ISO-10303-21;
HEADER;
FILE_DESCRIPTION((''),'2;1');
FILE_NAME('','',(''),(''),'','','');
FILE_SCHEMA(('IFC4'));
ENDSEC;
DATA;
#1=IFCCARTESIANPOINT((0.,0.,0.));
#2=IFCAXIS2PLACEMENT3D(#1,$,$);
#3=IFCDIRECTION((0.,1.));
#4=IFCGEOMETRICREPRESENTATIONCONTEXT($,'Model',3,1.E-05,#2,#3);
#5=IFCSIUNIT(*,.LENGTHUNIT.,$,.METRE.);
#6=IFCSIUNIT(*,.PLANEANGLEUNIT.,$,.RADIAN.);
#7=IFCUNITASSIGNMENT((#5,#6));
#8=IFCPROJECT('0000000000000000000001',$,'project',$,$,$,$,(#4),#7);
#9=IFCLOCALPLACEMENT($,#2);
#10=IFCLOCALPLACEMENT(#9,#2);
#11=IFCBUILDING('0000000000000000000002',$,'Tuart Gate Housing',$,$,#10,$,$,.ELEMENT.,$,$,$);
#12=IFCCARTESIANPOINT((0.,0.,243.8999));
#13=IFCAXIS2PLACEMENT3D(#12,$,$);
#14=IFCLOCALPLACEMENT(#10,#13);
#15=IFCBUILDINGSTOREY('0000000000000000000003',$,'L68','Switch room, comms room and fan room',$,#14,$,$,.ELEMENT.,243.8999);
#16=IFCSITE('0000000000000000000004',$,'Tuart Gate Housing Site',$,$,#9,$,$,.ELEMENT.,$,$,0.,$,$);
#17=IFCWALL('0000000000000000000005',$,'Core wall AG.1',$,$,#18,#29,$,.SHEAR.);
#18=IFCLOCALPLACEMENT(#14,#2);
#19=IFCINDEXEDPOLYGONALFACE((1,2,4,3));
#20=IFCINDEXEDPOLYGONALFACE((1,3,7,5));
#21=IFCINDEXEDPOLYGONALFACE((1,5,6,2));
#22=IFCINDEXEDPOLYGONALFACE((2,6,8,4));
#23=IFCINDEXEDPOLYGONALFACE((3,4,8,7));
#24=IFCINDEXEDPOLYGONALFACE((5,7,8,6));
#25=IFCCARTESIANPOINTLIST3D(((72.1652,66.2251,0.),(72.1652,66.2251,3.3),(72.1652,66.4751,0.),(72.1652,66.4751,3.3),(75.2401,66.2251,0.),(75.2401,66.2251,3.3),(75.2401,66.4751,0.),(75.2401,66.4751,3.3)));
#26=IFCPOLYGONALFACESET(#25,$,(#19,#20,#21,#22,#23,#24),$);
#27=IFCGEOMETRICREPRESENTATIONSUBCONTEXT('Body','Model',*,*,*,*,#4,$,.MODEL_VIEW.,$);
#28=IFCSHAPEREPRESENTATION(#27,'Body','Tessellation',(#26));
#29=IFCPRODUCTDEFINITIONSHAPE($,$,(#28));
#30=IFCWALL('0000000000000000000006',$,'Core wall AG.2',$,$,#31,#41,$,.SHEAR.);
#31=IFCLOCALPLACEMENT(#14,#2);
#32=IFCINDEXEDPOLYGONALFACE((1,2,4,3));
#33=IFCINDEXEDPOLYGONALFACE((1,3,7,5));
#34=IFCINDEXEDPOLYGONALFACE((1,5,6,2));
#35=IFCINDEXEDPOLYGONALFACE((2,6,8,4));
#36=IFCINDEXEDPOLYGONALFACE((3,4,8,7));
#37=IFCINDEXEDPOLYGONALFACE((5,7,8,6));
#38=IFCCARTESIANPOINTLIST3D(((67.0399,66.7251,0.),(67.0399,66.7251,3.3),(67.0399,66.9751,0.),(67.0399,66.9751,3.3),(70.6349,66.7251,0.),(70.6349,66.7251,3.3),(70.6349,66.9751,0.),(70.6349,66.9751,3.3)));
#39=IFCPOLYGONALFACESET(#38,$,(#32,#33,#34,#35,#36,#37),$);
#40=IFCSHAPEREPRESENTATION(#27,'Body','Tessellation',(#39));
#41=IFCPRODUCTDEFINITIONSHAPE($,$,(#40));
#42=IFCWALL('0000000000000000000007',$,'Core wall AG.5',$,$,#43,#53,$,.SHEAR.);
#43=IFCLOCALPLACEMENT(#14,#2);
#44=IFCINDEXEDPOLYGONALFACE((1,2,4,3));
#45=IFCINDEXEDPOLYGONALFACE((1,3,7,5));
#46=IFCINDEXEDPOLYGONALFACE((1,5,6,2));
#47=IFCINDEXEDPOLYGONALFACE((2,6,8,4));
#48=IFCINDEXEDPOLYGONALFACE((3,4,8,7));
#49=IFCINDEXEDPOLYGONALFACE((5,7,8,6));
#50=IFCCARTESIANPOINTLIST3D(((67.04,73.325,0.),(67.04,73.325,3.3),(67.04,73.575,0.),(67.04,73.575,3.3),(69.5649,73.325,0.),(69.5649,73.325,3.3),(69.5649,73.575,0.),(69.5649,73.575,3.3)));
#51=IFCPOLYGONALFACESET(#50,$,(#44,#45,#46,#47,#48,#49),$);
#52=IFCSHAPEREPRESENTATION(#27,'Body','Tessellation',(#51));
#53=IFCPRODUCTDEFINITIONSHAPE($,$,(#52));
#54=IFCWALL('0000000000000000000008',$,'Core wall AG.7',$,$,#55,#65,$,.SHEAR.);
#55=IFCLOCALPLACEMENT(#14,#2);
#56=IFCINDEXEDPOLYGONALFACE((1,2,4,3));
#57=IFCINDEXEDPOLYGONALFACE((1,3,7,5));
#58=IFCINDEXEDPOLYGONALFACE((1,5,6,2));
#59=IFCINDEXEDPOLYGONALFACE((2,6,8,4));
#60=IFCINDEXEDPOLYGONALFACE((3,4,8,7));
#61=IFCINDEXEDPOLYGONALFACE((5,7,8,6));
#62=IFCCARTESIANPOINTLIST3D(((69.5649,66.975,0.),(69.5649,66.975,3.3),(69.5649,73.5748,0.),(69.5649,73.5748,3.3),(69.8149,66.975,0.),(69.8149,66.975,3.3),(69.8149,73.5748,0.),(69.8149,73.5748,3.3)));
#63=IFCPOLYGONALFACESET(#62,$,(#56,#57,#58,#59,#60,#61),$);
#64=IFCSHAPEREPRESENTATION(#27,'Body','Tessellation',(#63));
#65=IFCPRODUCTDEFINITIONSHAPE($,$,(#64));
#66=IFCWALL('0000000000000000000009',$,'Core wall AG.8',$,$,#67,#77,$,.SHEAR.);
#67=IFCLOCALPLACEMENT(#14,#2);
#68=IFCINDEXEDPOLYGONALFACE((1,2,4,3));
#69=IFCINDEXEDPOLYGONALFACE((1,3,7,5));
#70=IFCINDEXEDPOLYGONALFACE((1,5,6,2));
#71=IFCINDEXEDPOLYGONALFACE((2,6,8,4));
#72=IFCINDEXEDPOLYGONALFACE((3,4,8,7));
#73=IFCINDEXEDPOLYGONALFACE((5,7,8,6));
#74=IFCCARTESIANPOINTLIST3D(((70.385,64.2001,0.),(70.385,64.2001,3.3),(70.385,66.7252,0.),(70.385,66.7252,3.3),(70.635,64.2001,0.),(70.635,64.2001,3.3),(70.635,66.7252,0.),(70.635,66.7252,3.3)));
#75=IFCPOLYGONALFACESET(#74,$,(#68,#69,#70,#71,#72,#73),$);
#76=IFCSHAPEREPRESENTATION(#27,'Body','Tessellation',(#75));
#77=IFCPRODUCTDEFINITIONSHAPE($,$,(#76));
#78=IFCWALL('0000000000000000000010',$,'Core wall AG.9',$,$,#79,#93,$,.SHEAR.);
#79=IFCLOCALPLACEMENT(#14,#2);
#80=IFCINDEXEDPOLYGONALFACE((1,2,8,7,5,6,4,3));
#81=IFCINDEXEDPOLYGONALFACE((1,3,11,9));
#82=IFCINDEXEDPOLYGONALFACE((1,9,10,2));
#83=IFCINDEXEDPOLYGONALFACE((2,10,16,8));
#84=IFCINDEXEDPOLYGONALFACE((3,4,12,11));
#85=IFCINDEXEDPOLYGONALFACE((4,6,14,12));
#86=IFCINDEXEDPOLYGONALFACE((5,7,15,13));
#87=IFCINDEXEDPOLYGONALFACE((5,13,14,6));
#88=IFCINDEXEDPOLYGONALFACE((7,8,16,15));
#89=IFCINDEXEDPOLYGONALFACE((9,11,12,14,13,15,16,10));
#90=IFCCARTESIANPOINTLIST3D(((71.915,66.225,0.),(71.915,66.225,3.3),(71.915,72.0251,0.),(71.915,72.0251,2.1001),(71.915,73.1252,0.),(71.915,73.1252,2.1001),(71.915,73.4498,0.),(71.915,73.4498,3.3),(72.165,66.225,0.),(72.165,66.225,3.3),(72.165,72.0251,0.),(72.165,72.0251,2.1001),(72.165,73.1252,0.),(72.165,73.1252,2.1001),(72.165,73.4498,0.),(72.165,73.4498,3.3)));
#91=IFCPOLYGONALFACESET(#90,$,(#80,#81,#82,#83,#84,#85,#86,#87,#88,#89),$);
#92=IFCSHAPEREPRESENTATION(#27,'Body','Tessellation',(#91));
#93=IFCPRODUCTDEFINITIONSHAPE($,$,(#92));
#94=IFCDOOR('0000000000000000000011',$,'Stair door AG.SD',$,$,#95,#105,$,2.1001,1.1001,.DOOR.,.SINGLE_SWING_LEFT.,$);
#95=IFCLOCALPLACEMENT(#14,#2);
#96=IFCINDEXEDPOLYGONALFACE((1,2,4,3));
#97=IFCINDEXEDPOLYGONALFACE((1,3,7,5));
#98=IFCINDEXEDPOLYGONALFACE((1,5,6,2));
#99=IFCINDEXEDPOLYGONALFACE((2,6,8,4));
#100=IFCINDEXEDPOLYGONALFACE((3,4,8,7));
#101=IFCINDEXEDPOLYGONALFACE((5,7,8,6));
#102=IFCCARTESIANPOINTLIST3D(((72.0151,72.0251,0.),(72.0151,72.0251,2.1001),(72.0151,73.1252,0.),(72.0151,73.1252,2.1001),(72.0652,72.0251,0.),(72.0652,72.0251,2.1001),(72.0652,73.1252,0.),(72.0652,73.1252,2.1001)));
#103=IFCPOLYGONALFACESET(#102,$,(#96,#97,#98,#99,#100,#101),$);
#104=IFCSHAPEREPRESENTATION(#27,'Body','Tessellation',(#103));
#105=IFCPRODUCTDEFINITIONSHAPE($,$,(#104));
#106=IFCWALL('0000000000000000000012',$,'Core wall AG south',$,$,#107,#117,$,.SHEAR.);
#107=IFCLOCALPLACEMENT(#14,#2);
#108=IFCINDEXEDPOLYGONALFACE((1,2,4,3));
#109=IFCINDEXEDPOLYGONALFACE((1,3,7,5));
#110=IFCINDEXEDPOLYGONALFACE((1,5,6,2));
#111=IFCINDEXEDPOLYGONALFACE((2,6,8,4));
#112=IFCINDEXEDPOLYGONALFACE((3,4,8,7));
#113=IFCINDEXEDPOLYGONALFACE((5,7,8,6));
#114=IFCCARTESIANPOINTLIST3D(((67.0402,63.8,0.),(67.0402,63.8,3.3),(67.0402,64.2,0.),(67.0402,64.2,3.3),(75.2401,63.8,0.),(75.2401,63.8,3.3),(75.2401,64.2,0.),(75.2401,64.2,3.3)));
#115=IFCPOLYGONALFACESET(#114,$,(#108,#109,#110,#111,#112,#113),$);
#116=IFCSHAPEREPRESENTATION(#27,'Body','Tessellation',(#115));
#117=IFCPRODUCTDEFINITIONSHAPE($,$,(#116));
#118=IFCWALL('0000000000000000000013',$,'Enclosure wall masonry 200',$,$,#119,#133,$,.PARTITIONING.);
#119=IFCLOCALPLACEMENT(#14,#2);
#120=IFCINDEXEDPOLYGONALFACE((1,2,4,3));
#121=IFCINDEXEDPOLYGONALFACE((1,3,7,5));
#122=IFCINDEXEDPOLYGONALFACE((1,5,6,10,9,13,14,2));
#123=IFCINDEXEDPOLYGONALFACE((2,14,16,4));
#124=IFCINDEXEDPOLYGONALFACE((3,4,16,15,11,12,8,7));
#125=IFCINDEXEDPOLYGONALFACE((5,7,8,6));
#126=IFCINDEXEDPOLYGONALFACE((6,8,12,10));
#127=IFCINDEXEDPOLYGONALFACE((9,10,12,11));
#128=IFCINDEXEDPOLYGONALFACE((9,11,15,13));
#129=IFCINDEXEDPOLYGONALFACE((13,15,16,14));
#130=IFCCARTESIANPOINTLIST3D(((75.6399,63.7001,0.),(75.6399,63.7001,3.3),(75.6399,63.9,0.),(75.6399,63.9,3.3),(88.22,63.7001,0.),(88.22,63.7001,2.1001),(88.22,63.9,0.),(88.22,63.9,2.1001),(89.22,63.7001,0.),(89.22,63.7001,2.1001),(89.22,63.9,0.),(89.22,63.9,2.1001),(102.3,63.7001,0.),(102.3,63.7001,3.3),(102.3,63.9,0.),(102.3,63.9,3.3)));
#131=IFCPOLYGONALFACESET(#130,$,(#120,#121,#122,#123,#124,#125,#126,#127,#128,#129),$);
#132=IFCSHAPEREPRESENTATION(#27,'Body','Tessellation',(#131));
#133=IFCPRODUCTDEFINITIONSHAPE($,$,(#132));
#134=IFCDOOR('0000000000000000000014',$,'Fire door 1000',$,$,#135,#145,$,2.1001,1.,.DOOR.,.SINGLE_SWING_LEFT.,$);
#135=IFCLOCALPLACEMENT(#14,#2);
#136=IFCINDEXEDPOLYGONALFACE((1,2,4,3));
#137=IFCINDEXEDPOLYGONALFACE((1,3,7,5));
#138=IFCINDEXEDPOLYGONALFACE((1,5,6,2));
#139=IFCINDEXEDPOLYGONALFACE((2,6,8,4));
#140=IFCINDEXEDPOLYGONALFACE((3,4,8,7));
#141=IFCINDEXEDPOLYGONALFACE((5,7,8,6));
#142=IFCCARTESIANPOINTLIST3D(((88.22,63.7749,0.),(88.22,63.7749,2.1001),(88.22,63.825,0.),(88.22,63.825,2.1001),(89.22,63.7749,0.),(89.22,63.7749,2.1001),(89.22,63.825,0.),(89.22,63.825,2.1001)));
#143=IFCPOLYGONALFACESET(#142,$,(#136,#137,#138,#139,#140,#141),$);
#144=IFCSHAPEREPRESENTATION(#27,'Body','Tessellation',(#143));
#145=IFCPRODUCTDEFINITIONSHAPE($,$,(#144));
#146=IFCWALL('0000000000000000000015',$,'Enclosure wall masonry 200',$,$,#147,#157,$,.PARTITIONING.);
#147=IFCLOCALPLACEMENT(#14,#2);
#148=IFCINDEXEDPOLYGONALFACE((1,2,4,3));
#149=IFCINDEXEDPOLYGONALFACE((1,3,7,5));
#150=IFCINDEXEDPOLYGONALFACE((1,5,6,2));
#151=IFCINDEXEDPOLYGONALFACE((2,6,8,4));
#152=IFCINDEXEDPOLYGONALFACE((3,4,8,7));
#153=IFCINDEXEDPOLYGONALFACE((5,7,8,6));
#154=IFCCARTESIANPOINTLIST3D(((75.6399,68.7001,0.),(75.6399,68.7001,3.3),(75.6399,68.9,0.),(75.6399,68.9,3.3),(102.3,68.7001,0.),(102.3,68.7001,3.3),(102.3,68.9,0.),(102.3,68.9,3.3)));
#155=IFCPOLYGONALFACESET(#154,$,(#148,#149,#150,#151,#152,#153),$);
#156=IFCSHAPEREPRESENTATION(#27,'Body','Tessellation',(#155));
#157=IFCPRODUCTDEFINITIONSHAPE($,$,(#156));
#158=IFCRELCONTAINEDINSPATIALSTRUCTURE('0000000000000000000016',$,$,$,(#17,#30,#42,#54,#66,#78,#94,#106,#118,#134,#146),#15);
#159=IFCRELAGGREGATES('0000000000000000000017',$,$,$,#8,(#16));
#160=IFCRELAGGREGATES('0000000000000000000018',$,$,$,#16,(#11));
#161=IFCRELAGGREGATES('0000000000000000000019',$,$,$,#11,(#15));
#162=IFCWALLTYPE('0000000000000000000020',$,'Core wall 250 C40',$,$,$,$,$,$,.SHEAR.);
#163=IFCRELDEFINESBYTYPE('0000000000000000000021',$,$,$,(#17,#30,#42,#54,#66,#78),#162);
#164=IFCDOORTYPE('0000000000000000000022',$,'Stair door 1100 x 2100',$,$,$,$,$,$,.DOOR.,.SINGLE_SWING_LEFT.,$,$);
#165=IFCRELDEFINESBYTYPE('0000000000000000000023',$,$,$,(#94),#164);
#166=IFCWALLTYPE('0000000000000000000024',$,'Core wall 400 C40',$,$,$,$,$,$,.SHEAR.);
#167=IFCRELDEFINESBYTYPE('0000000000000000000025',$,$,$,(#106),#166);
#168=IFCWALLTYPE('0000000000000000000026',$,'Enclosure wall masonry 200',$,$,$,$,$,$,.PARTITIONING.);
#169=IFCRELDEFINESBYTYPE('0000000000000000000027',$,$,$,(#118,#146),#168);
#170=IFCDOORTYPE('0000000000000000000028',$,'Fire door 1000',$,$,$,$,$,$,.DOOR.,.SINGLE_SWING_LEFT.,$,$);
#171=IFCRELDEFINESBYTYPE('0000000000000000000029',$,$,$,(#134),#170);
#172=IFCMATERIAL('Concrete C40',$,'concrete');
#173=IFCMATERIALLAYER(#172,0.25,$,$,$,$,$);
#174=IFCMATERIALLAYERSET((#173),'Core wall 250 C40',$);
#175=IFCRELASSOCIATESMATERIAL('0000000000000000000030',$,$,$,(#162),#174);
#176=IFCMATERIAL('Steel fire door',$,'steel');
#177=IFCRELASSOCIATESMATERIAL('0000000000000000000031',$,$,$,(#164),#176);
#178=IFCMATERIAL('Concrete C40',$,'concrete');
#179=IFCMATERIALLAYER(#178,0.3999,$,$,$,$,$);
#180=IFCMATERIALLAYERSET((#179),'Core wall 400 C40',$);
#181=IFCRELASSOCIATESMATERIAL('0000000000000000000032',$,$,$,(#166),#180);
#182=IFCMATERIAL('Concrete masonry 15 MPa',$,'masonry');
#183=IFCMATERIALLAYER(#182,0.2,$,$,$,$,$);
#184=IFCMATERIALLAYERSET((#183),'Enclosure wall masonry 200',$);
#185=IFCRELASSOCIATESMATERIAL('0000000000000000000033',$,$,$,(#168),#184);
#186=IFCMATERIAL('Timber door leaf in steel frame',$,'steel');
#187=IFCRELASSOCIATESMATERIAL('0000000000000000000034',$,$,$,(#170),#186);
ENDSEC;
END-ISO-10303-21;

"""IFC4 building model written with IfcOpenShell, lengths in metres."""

from ifc_helpers import new_model, si_unit, direction, frame, frame_2d, origin, place, context, subcontext, project, spatial, rectangle, extrude, material, layer, layer_set, type_object, element, fill, save


model = new_model("IFC4")

# Units and contexts
model_context = context("Model", 3, precision=1e-05, world=origin(), true_north=direction((0.0, 1.0)))
body_context = subcontext(model_context, "Body", "Model", "MODEL_VIEW")
ifc_project = project(units=[si_unit("LENGTHUNIT", "METRE"), si_unit("PLANEANGLEUNIT", "RADIAN")], contexts=[model_context])

# Site, building, storey
site_placement = place(None, origin())
site = spatial("IfcSite", under=ifc_project, at=site_placement, Name="Tuart Gate Housing Site", CompositionType="ELEMENT", RefElevation=0.0)
building_placement = place(site_placement, origin())
building = spatial("IfcBuilding", under=site, at=building_placement, Name="Tuart Gate Housing", CompositionType="ELEMENT")
storey_placement = place(building_placement, frame((0.0, 0.0, 243.8999)))
storey = spatial("IfcBuildingStorey", under=building, at=storey_placement, Name="L68", Description="Switch room, comms room and fan room", CompositionType="ELEMENT", Elevation=243.8999)

# Walls
ifc_material_1 = material(Name="Concrete C40", Category="concrete")
ifc_layer_1 = layer(ifc_material_1, 0.25)
ifc_layer_set_1 = layer_set([ifc_layer_1], Name="Core wall 250 C40")
wall_type_1 = type_object("IfcWallType", Name="Core wall 250 C40", PredefinedType="SHEAR", material=ifc_layer_set_1)
wall_1_placement = place(storey_placement, frame((72.165, 66.3501, 0.0), z_axis=(0.0, 0.0, 1.0), x_axis=(1.0, 0.0, 0.0)))
element("IfcWall", 1, at=wall_1_placement, inside=storey, type_object=wall_type_1, Name="Core wall AG.1", PredefinedType="SHEAR", context=body_context, shape_type="SweptSolid", body=[
    extrude(rectangle(XDim=3.075, YDim=0.25, at=frame_2d((1.5376, 0.0))), origin(), (0.0, 0.0, 1.0), 3.3),
])
wall_2_placement = place(storey_placement, frame((67.04, 66.8501, 0.0), z_axis=(0.0, 0.0, 1.0), x_axis=(1.0, 0.0, 0.0)))
element("IfcWall", 2, at=wall_2_placement, inside=storey, type_object=wall_type_1, Name="Core wall AG.2", PredefinedType="SHEAR", context=body_context, shape_type="SweptSolid", body=[
    extrude(rectangle(XDim=3.595, YDim=0.25, at=frame_2d((1.7974, 0.0))), origin(), (0.0, 0.0, 1.0), 3.3),
])
wall_3_placement = place(storey_placement, frame((67.04, 73.45, 0.0), z_axis=(0.0, 0.0, 1.0), x_axis=(1.0, 0.0, 0.0)))
element("IfcWall", 3, at=wall_3_placement, inside=storey, type_object=wall_type_1, Name="Core wall AG.5", PredefinedType="SHEAR", context=body_context, shape_type="SweptSolid", body=[
    extrude(rectangle(XDim=2.5249, YDim=0.25, at=frame_2d((1.2625, 0.0))), origin(), (0.0, 0.0, 1.0), 3.3),
])
wall_4_placement = place(storey_placement, frame((69.6899, 66.9751, 0.0), z_axis=(0.0, 0.0, 1.0), x_axis=(0.0, 1.0, 0.0)))
element("IfcWall", 4, at=wall_4_placement, inside=storey, type_object=wall_type_1, Name="Core wall AG.7", PredefinedType="SHEAR", context=body_context, shape_type="SweptSolid", body=[
    extrude(rectangle(XDim=6.5999, YDim=0.25, at=frame_2d((3.2998, 0.0))), origin(), (0.0, 0.0, 1.0), 3.3),
])
wall_5_placement = place(storey_placement, frame((70.51, 64.2, 0.0), z_axis=(0.0, 0.0, 1.0), x_axis=(0.0, 1.0, 0.0)))
element("IfcWall", 5, at=wall_5_placement, inside=storey, type_object=wall_type_1, Name="Core wall AG.8", PredefinedType="SHEAR", context=body_context, shape_type="SweptSolid", body=[
    extrude(rectangle(XDim=2.5251, YDim=0.25, at=frame_2d((1.2627, 0.0))), origin(), (0.0, 0.0, 1.0), 3.3),
])

# Wall, opening, door
wall_6_placement = place(storey_placement, frame((72.04, 66.2251, 0.0), z_axis=(0.0, 0.0, 1.0), x_axis=(0.0, 1.0, 0.0)))
wall_6 = element("IfcWall", 6, at=wall_6_placement, inside=storey, type_object=wall_type_1, Name="Core wall AG.9", PredefinedType="SHEAR", context=body_context, shape_type="SweptSolid", body=[
    extrude(rectangle(XDim=7.2249, YDim=0.25, at=frame_2d((3.6123, 0.0))), origin(), (0.0, 0.0, 1.0), 3.3),
])
opening_1_placement = place(wall_6_placement, frame((5.8, 0.0, 0.0)))
opening_1 = element("IfcOpeningElement", 7, at=opening_1_placement, cuts=wall_6, PredefinedType="OPENING", context=body_context, shape_type="SweptSolid", body=[
    extrude(rectangle(XDim=1.1001, YDim=2.1001, at=frame_2d((0.55, 1.05))), frame((0.0, 0.135, 0.0), z_axis=(0.0, -1.0, 0.0), x_axis=(1.0, 0.0, 0.0)), (0.0, 0.0, 1.0), 0.27),
])
ifc_material_2 = material(Name="Steel fire door", Category="steel")
door_type_1 = type_object("IfcDoorType", Name="Stair door 1100 x 2100", OperationType="SINGLE_SWING_LEFT", PredefinedType="DOOR", material=ifc_material_2)
door_1_placement = place(opening_1_placement, frame((1.1001, 0.0, 0.0), z_axis=(0.0, 0.0, 1.0), x_axis=(-1.0, 0.0, 0.0)))
door_1 = element("IfcDoor", 8, at=door_1_placement, inside=storey, type_object=door_type_1, Name="Stair door AG.SD", OperationType="SINGLE_SWING_LEFT", OverallHeight=2.1001, OverallWidth=1.1001, PredefinedType="DOOR", context=body_context, shape_type="SweptSolid", body=[
    extrude(rectangle(XDim=1.1001, YDim=2.1001, at=frame_2d((0.55, 1.05))), frame((0.0, 0.0251, 0.0), z_axis=(0.0, -1.0, 0.0), x_axis=(1.0, 0.0, 0.0)), (0.0, 0.0, 1.0), 0.05),
])
fill(opening_1, door_1)

# Wall
ifc_material_3 = material(Name="Concrete C40", Category="concrete")
ifc_layer_2 = layer(ifc_material_3, 0.3999)
ifc_layer_set_2 = layer_set([ifc_layer_2], Name="Core wall 400 C40")
wall_type_2 = type_object("IfcWallType", Name="Core wall 400 C40", PredefinedType="SHEAR", material=ifc_layer_set_2)
wall_7_placement = place(storey_placement, frame((67.04, 64.0, 0.0), z_axis=(0.0, 0.0, 1.0), x_axis=(1.0, 0.0, 0.0)))
element("IfcWall", 9, at=wall_7_placement, inside=storey, type_object=wall_type_2, Name="Core wall AG south", PredefinedType="SHEAR", context=body_context, shape_type="SweptSolid", body=[
    extrude(rectangle(XDim=8.2, YDim=0.3999, at=frame_2d((4.1001, 0.0))), origin(), (0.0, 0.0, 1.0), 3.3),
])

# Wall, opening, door
ifc_material_4 = material(Name="Concrete masonry 15 MPa", Category="masonry")
ifc_layer_3 = layer(ifc_material_4, 0.2)
ifc_layer_set_3 = layer_set([ifc_layer_3], Name="Enclosure wall masonry 200")
wall_type_3 = type_object("IfcWallType", Name="Enclosure wall masonry 200", PredefinedType="PARTITIONING", material=ifc_layer_set_3)
wall_8_placement = place(storey_placement, frame((75.6399, 63.8, 0.0), z_axis=(0.0, 0.0, 1.0), x_axis=(1.0, 0.0, 0.0)))
wall_8 = element("IfcWall", 10, at=wall_8_placement, inside=storey, type_object=wall_type_3, Name="Enclosure wall masonry 200", PredefinedType="PARTITIONING", context=body_context, shape_type="SweptSolid", body=[
    extrude(rectangle(XDim=26.6602, YDim=0.2, at=frame_2d((13.3301, 0.0))), origin(), (0.0, 0.0, 1.0), 3.3),
])
opening_2_placement = place(wall_8_placement, frame((12.5801, 0.0, 0.0)))
opening_2 = element("IfcOpeningElement", 11, at=opening_2_placement, cuts=wall_8, PredefinedType="OPENING", context=body_context, shape_type="SweptSolid", body=[
    extrude(rectangle(XDim=1.0, YDim=2.1001, at=frame_2d((0.5, 1.05))), frame((0.0, 0.1099, 0.0), z_axis=(0.0, -1.0, 0.0), x_axis=(1.0, 0.0, 0.0)), (0.0, 0.0, 1.0), 0.22),
])
ifc_material_5 = material(Name="Timber door leaf in steel frame", Category="steel")
door_type_2 = type_object("IfcDoorType", Name="Fire door 1000", OperationType="SINGLE_SWING_LEFT", PredefinedType="DOOR", material=ifc_material_5)
door_2_placement = place(opening_2_placement, origin())
door_2 = element("IfcDoor", 12, at=door_2_placement, inside=storey, type_object=door_type_2, Name="Fire door 1000", OperationType="SINGLE_SWING_LEFT", OverallHeight=2.1001, OverallWidth=1.0, PredefinedType="DOOR", context=body_context, shape_type="SweptSolid", body=[
    extrude(rectangle(XDim=1.0, YDim=2.1001, at=frame_2d((0.5, 1.05))), frame((0.0, 0.0249, 0.0), z_axis=(0.0, -1.0, 0.0), x_axis=(1.0, 0.0, 0.0)), (0.0, 0.0, 1.0), 0.05),
])
fill(opening_2, door_2)

# Wall
wall_9_placement = place(storey_placement, frame((75.6399, 68.8, 0.0), z_axis=(0.0, 0.0, 1.0), x_axis=(1.0, 0.0, 0.0)))
element("IfcWall", 13, at=wall_9_placement, inside=storey, type_object=wall_type_3, Name="Enclosure wall masonry 200", PredefinedType="PARTITIONING", context=body_context, shape_type="SweptSolid", body=[
    extrude(rectangle(XDim=26.6602, YDim=0.2, at=frame_2d((13.3301, 0.0))), origin(), (0.0, 0.0, 1.0), 3.3),
])

save(model, "model.ifc")
